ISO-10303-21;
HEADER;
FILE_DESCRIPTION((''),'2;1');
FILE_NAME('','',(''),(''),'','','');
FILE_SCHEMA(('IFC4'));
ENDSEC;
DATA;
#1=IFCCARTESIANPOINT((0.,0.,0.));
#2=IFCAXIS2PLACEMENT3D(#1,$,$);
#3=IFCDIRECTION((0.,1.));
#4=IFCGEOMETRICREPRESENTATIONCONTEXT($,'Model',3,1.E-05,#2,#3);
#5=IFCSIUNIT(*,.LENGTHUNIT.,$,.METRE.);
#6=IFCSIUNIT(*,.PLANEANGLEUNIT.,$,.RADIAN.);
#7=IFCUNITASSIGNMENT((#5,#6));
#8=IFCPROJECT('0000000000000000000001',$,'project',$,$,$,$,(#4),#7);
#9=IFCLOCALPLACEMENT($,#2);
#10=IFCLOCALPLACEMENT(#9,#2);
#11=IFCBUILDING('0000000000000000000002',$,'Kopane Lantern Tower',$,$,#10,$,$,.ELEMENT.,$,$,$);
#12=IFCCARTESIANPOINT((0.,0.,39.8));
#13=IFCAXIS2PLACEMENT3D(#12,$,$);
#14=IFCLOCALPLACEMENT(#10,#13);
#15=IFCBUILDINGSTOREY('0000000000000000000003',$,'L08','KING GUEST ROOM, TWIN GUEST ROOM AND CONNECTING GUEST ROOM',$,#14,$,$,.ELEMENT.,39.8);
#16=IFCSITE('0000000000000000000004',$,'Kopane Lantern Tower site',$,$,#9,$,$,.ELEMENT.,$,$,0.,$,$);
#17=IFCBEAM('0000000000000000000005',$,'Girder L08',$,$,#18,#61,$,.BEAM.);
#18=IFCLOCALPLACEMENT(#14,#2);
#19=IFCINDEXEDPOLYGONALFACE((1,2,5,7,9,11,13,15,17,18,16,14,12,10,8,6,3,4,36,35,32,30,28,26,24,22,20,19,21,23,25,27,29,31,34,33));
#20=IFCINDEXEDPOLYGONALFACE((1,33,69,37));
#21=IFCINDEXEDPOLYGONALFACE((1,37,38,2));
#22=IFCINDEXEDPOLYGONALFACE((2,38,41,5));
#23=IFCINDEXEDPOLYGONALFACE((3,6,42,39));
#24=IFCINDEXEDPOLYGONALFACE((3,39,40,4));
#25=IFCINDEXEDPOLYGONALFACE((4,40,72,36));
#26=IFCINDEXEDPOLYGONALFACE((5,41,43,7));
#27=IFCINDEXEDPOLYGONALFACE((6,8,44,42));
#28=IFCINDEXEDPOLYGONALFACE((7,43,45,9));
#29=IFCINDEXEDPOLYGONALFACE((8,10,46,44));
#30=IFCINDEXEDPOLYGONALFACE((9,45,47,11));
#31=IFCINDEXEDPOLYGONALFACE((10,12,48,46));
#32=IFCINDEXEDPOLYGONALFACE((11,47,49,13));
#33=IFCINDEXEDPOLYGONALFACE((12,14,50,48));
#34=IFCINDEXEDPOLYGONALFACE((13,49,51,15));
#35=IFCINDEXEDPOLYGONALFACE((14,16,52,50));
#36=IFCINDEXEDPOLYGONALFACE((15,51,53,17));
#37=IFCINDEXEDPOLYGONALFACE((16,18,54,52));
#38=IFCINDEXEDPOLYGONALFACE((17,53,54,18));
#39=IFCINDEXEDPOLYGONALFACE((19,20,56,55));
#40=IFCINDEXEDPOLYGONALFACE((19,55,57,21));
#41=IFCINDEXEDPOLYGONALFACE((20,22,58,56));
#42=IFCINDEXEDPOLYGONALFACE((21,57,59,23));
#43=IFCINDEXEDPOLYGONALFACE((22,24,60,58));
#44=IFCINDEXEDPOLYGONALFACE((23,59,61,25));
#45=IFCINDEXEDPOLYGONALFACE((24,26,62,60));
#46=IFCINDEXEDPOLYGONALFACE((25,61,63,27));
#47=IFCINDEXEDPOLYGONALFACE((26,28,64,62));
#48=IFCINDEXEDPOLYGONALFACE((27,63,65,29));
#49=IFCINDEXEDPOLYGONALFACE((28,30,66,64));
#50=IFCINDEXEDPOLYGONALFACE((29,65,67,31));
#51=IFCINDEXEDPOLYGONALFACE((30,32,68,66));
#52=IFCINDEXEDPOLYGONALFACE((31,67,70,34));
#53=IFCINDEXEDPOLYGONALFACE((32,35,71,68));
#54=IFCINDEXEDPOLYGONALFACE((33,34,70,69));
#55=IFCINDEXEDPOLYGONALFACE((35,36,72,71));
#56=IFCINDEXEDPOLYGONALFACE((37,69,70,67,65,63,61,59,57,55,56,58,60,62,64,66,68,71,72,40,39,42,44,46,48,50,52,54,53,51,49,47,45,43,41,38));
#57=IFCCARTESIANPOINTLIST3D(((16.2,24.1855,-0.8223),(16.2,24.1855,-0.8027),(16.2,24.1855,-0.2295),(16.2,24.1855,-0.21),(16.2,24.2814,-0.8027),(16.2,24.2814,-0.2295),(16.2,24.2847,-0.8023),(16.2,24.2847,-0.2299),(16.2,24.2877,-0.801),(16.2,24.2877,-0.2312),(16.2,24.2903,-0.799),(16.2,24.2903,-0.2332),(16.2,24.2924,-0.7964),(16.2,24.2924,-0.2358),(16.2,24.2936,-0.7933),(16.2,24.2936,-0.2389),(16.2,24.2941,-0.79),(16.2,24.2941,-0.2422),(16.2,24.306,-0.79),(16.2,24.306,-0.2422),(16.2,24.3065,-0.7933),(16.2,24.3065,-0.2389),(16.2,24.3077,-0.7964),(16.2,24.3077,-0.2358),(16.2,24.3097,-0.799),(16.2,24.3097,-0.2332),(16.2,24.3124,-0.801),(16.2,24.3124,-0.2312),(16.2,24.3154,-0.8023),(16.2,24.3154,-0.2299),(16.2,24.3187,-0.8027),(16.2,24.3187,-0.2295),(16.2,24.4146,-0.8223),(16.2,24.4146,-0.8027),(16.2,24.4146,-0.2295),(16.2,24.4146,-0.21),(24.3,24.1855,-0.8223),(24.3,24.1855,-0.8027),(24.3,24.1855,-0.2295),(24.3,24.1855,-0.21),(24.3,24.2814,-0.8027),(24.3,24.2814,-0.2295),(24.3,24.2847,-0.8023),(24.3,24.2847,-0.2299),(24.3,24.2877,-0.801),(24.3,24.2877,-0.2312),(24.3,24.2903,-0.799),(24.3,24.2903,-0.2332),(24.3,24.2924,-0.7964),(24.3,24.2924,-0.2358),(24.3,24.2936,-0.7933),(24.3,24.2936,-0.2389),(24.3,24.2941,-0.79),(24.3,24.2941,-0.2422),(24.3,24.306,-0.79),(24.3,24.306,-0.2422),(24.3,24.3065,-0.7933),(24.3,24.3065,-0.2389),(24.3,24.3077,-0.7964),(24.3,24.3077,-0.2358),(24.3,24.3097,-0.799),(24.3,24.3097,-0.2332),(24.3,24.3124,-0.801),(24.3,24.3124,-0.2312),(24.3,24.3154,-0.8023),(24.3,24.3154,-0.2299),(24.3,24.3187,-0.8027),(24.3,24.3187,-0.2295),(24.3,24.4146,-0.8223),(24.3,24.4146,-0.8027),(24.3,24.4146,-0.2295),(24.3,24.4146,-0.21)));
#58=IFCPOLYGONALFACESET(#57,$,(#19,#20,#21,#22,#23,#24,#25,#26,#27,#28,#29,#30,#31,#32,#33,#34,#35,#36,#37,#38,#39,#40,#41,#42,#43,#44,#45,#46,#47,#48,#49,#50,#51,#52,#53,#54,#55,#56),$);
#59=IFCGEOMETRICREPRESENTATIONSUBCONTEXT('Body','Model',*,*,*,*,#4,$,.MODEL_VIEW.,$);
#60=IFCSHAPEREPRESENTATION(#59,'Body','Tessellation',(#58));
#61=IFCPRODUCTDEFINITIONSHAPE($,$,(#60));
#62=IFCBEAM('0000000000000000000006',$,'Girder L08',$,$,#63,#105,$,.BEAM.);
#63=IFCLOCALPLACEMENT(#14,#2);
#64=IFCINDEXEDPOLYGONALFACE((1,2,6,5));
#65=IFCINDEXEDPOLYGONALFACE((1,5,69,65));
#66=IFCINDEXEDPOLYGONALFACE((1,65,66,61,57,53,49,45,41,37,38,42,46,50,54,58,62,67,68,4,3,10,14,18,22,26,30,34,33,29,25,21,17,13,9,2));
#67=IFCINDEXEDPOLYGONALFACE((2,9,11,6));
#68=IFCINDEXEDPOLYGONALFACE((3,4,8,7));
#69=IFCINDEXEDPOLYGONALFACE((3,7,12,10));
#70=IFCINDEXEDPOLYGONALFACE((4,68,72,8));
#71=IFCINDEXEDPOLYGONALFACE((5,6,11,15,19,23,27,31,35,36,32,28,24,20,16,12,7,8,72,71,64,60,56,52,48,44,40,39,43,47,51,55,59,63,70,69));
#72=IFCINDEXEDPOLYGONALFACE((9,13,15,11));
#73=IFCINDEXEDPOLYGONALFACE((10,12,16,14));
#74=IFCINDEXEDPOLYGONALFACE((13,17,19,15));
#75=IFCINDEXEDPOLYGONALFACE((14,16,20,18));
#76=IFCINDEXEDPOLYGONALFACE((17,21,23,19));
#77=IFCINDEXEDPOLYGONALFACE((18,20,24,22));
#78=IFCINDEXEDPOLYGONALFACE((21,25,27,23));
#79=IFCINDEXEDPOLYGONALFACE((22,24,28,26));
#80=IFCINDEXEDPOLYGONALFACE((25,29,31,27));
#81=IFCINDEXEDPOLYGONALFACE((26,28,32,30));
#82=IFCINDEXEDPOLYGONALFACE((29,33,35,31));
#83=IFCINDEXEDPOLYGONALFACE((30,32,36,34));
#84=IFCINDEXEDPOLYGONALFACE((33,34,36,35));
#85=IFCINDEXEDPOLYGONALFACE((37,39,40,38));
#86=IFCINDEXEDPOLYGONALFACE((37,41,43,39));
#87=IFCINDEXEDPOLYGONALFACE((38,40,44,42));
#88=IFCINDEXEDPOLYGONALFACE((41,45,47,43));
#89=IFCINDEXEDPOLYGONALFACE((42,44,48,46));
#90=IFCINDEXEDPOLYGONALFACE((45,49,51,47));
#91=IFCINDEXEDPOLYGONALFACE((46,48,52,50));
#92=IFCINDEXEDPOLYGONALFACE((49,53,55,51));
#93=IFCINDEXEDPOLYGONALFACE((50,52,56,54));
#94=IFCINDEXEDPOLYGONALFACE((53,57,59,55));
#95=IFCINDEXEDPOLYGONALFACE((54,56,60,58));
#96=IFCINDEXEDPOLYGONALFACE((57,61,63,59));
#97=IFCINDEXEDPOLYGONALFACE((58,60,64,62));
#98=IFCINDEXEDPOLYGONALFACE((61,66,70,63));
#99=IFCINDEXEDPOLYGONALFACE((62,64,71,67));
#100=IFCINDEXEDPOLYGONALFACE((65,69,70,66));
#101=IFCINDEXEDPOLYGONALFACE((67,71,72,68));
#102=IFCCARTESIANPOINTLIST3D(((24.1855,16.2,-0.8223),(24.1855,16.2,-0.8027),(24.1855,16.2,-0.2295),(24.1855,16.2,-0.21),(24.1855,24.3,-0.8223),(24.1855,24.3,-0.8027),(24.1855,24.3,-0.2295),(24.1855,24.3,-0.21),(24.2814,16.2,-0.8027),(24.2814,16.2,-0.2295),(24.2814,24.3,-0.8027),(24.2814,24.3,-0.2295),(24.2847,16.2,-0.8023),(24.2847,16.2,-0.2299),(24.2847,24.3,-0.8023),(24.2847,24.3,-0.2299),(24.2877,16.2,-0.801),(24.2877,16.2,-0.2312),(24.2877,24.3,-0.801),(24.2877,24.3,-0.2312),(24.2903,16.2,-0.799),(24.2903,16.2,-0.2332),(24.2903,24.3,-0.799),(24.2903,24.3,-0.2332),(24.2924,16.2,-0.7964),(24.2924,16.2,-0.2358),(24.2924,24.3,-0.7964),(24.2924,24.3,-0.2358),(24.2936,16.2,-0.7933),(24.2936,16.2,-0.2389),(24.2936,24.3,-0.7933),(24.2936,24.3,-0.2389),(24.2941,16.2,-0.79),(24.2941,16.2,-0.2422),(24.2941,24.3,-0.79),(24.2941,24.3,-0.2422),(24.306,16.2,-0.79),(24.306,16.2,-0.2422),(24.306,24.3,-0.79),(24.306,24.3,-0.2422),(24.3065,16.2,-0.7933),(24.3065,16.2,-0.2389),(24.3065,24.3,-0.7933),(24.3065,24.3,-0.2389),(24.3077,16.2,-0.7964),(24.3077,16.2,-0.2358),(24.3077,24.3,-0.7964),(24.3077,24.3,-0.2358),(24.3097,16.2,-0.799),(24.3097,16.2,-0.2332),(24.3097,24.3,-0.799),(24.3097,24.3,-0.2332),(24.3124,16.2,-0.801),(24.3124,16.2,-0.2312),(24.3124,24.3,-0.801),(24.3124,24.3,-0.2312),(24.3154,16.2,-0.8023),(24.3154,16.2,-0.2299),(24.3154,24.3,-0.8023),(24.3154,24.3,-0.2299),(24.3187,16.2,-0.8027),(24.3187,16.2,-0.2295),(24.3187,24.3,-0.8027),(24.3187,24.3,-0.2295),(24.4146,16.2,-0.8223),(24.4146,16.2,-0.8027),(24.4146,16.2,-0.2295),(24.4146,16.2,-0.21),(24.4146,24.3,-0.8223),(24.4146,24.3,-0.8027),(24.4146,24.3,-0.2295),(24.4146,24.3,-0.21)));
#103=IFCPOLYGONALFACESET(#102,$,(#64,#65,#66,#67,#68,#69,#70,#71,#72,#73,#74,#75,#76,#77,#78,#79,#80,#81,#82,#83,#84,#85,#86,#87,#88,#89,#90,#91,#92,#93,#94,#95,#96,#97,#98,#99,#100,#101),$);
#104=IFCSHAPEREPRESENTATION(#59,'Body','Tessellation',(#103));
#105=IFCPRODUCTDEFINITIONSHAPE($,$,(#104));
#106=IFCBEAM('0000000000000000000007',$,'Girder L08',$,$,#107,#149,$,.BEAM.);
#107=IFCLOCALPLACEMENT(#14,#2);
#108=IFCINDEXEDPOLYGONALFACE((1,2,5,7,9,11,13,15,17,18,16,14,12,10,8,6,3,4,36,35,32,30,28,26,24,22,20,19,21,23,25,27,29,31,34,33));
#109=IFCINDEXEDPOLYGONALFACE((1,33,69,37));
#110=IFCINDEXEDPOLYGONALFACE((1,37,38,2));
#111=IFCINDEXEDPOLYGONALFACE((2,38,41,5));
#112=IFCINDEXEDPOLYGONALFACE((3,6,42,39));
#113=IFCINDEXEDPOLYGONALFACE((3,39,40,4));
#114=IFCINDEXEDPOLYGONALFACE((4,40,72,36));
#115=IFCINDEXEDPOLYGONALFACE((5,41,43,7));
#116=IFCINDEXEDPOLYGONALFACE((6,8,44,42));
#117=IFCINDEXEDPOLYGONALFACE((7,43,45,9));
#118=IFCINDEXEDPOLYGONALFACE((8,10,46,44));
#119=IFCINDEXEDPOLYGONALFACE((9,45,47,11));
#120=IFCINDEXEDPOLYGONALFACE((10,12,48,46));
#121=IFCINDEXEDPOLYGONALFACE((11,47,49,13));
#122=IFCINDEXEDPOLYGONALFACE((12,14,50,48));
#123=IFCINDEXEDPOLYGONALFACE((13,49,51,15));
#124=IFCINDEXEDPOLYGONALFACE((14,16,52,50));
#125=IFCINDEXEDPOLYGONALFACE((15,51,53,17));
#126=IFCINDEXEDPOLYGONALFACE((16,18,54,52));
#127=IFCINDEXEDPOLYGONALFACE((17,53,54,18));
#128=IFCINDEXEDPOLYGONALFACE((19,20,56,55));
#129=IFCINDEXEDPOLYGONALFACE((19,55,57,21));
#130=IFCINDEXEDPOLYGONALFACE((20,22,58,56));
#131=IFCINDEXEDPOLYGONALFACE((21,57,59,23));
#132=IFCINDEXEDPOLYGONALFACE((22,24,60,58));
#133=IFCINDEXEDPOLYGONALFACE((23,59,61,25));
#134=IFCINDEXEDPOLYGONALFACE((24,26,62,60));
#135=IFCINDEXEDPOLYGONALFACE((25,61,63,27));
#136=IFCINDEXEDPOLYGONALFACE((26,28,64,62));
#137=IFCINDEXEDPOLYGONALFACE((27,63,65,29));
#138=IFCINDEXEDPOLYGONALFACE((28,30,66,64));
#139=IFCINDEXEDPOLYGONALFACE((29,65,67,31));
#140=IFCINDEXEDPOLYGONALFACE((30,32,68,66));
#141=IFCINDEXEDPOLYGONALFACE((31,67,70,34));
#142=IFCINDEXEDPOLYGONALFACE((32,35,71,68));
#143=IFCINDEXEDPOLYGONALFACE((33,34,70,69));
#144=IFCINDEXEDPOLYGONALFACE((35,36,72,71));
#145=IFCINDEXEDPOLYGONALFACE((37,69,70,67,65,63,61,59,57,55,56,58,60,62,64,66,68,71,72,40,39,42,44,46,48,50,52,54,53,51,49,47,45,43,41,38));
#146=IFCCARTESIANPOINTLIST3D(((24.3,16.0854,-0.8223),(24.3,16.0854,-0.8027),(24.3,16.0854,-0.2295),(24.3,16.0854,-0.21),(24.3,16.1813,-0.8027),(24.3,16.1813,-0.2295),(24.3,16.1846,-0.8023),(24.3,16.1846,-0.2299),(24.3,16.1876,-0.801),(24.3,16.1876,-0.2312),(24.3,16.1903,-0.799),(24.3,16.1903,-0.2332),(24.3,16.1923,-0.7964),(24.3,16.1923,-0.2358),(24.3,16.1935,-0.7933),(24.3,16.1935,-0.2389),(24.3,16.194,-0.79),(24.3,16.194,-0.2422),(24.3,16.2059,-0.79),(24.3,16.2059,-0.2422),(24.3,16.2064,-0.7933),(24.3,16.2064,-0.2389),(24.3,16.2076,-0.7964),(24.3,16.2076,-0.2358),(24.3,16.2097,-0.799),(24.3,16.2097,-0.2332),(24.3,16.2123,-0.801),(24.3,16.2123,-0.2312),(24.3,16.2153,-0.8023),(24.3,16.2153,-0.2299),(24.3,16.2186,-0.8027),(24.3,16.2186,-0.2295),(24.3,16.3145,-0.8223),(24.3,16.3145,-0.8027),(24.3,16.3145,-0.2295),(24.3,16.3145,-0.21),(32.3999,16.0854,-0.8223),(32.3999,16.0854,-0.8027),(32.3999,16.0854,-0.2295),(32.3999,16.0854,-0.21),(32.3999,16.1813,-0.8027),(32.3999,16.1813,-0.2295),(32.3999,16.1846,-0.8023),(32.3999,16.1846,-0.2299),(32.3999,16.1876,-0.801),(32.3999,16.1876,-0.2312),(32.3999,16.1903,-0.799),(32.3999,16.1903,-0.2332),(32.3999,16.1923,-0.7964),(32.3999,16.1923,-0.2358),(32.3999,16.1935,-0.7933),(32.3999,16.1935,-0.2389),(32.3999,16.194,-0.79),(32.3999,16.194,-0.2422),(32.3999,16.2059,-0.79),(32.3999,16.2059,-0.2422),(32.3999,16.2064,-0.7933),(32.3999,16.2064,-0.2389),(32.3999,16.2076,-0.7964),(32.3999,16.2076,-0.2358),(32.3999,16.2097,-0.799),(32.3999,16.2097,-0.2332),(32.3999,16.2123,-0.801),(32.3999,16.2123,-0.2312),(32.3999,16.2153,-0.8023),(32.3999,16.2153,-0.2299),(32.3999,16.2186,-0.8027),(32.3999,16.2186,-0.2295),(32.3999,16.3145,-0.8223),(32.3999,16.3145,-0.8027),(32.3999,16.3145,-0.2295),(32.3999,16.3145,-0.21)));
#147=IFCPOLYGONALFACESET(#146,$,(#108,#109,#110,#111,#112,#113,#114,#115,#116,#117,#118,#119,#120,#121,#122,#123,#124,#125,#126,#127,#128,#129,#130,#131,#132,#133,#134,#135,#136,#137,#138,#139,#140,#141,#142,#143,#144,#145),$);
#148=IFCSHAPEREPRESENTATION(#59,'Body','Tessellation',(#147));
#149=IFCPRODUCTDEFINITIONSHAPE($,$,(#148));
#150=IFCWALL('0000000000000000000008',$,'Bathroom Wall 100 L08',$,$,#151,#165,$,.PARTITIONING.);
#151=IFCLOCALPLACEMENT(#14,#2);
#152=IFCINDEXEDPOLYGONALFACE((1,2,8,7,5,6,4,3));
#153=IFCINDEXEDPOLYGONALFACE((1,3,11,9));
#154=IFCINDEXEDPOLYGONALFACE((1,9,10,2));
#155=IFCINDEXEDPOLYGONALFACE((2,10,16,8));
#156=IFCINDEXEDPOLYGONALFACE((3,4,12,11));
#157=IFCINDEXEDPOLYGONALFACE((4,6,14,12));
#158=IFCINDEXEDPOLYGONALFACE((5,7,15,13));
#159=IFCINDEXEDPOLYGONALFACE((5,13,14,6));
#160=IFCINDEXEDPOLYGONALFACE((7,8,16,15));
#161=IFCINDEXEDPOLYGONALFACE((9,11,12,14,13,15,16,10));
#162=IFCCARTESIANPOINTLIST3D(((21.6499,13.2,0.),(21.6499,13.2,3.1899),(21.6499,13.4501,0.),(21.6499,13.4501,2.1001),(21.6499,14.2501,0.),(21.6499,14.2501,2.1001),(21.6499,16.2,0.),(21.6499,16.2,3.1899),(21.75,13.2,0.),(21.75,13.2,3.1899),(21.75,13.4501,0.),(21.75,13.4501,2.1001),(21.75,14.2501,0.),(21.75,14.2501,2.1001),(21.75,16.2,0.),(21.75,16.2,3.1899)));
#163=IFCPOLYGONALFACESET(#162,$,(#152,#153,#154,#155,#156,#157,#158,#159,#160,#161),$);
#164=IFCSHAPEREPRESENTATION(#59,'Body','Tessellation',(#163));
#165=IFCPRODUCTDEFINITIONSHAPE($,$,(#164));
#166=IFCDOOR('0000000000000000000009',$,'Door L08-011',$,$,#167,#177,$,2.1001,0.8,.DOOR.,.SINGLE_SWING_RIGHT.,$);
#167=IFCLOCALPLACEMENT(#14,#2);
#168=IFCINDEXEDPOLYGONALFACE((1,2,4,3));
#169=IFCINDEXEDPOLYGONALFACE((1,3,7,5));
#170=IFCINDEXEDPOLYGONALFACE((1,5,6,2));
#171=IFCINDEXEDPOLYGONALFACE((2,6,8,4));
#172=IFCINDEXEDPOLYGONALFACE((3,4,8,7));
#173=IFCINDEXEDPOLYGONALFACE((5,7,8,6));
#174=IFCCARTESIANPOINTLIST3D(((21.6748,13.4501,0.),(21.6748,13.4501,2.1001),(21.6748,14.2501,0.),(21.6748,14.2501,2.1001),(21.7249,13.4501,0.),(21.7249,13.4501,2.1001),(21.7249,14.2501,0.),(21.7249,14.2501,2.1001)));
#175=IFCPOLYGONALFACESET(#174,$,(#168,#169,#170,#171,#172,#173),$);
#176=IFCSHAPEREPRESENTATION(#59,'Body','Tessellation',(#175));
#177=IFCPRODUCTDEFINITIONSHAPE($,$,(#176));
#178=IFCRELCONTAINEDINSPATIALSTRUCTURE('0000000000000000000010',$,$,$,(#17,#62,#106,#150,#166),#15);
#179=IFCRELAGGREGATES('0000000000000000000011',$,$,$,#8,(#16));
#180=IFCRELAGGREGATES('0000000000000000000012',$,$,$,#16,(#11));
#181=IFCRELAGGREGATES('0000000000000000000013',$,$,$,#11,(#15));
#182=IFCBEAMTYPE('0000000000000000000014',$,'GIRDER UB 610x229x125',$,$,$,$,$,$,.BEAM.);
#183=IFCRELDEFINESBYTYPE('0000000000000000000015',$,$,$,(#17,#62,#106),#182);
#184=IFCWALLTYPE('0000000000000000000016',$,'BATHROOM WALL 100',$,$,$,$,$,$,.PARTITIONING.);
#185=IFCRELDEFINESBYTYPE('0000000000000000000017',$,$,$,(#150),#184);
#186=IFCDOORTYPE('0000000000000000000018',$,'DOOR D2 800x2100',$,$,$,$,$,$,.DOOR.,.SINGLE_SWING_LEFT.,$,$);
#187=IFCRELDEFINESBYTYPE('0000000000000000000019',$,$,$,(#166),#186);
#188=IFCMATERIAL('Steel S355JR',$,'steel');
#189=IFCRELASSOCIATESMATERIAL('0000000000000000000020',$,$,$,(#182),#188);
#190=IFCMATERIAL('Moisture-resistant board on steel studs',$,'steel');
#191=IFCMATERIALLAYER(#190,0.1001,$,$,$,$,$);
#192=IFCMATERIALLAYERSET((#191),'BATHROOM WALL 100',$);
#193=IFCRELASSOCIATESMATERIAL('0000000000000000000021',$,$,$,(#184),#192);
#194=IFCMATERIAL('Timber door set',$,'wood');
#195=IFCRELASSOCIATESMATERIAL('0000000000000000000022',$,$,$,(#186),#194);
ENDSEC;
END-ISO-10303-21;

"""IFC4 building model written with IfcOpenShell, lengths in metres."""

from ifc_helpers import new_model, si_unit, direction, frame, frame_2d, origin, origin_2d, place, context, subcontext, project, spatial, rectangle, i_section, extrude, material, layer, layer_set, material_profile, profile_set, type_object, element, fill, save


model = new_model("IFC4")

# Units and contexts
model_context = context("Model", 3, precision=1e-05, world=origin(), true_north=direction((0.0, 1.0)))
body_context = subcontext(model_context, "Body", "Model", "MODEL_VIEW")
ifc_project = project(units=[si_unit("LENGTHUNIT", "METRE"), si_unit("PLANEANGLEUNIT", "RADIAN")], contexts=[model_context])

# Site, building, storey
site_placement = place(None, origin())
site = spatial("IfcSite", under=ifc_project, at=site_placement, Name="Kopane Lantern Tower site", CompositionType="ELEMENT", RefElevation=0.0)
building_placement = place(site_placement, origin())
building = spatial("IfcBuilding", under=site, at=building_placement, Name="Kopane Lantern Tower", CompositionType="ELEMENT")
storey_placement = place(building_placement, frame((0.0, 0.0, 39.8)))
storey = spatial("IfcBuildingStorey", under=building, at=storey_placement, Name="L08", Description="KING GUEST ROOM, TWIN GUEST ROOM AND CONNECTING GUEST ROOM", CompositionType="ELEMENT", Elevation=39.8)

# Beams
ifc_material_1 = material(Name="Steel S355JR", Category="steel")
ifc_material_profile_1 = material_profile(ifc_material_1, i_section(OverallWidth=0.229, OverallDepth=0.6123, WebThickness=0.012, FlangeThickness=0.0195, FilletRadius=0.0127, at=origin_2d()), Name="UB 610x229x125")
ifc_profile_set_1 = profile_set([ifc_material_profile_1], Name="Steel S355JR")
beam_type_1 = type_object("IfcBeamType", Name="GIRDER UB 610x229x125", PredefinedType="BEAM", material=ifc_profile_set_1)
for number, where, z_axis, x_axis, name in (
    (1, (16.2, 24.3, -0.5161), (1.0, 0.0, 0.0), (0.0, 1.0, 0.0), "Girder L08"),
    (2, (24.3, 16.2, -0.5161), (0.0, 1.0, 0.0), (-1.0, 0.0, 0.0), "Girder L08"),
):
    element("IfcBeam", number, at=place(storey_placement, frame(where, z_axis=z_axis, x_axis=x_axis)), inside=storey, type_object=beam_type_1, Name=name, PredefinedType="BEAM", context=body_context, shape_type="SweptSolid", body=[
        extrude(i_section(OverallWidth=0.229, OverallDepth=0.6123, WebThickness=0.012, FlangeThickness=0.0195, FilletRadius=0.0127, at=origin_2d()), origin(), (0.0, 0.0, 1.0), 8.1001),
    ])
beam_1_placement = place(storey_placement, frame((24.3, 16.2, -0.5161), z_axis=(1.0, 0.0, 0.0), x_axis=(0.0, 1.0, 0.0)))
element("IfcBeam", 3, at=beam_1_placement, inside=storey, type_object=beam_type_1, Name="Girder L08", PredefinedType="BEAM", context=body_context, shape_type="SweptSolid", body=[
    extrude(i_section(OverallWidth=0.229, OverallDepth=0.6123, WebThickness=0.012, FlangeThickness=0.0195, FilletRadius=0.0127, at=origin_2d()), origin(), (0.0, 0.0, 1.0), 8.0999),
])

# Wall, opening, door
ifc_material_2 = material(Name="Moisture-resistant board on steel studs", Category="steel")
ifc_layer_1 = layer(ifc_material_2, 0.1001)
ifc_layer_set_1 = layer_set([ifc_layer_1], Name="BATHROOM WALL 100")
wall_type_1 = type_object("IfcWallType", Name="BATHROOM WALL 100", PredefinedType="PARTITIONING", material=ifc_layer_set_1)
wall_1_placement = place(storey_placement, frame((21.7, 16.2, 0.0), z_axis=(0.0, 0.0, 1.0), x_axis=(0.0, -1.0, 0.0)))
wall_1 = element("IfcWall", 4, at=wall_1_placement, inside=storey, type_object=wall_type_1, Name="Bathroom Wall 100 L08", PredefinedType="PARTITIONING", context=body_context, shape_type="SweptSolid", body=[
    extrude(rectangle(XDim=3.0, YDim=0.1001, at=frame_2d((1.5, 0.0))), origin(), (0.0, 0.0, 1.0), 3.1899),
])
opening_1_placement = place(wall_1_placement, frame((1.95, 0.0, 0.0)))
opening_1 = element("IfcOpeningElement", 5, at=opening_1_placement, cuts=wall_1, PredefinedType="OPENING", context=body_context, shape_type="SweptSolid", body=[
    extrude(rectangle(XDim=0.8, YDim=2.1001, at=frame_2d((0.3999, 1.05))), frame((0.0, 0.0601, 0.0), z_axis=(0.0, -1.0, 0.0), x_axis=(1.0, 0.0, 0.0)), (0.0, 0.0, 1.0), 0.1201),
])
ifc_material_3 = material(Name="Timber door set", Category="wood")
door_type_1 = type_object("IfcDoorType", Name="DOOR D2 800x2100", OperationType="SINGLE_SWING_LEFT", PredefinedType="DOOR", material=ifc_material_3)
door_1_placement = place(opening_1_placement, origin())
door_1 = element("IfcDoor", 6, at=door_1_placement, inside=storey, type_object=door_type_1, Name="Door L08-011", OperationType="SINGLE_SWING_RIGHT", OverallHeight=2.1001, OverallWidth=0.8, PredefinedType="DOOR", context=body_context, shape_type="SweptSolid", body=[
    extrude(rectangle(XDim=0.8, YDim=2.1001, at=frame_2d((0.3999, 1.05))), frame((0.0, 0.0249, 0.0), z_axis=(0.0, -1.0, 0.0), x_axis=(1.0, 0.0, 0.0)), (0.0, 0.0, 1.0), 0.05),
])
fill(opening_1, door_1)

save(model, "model.ifc")
